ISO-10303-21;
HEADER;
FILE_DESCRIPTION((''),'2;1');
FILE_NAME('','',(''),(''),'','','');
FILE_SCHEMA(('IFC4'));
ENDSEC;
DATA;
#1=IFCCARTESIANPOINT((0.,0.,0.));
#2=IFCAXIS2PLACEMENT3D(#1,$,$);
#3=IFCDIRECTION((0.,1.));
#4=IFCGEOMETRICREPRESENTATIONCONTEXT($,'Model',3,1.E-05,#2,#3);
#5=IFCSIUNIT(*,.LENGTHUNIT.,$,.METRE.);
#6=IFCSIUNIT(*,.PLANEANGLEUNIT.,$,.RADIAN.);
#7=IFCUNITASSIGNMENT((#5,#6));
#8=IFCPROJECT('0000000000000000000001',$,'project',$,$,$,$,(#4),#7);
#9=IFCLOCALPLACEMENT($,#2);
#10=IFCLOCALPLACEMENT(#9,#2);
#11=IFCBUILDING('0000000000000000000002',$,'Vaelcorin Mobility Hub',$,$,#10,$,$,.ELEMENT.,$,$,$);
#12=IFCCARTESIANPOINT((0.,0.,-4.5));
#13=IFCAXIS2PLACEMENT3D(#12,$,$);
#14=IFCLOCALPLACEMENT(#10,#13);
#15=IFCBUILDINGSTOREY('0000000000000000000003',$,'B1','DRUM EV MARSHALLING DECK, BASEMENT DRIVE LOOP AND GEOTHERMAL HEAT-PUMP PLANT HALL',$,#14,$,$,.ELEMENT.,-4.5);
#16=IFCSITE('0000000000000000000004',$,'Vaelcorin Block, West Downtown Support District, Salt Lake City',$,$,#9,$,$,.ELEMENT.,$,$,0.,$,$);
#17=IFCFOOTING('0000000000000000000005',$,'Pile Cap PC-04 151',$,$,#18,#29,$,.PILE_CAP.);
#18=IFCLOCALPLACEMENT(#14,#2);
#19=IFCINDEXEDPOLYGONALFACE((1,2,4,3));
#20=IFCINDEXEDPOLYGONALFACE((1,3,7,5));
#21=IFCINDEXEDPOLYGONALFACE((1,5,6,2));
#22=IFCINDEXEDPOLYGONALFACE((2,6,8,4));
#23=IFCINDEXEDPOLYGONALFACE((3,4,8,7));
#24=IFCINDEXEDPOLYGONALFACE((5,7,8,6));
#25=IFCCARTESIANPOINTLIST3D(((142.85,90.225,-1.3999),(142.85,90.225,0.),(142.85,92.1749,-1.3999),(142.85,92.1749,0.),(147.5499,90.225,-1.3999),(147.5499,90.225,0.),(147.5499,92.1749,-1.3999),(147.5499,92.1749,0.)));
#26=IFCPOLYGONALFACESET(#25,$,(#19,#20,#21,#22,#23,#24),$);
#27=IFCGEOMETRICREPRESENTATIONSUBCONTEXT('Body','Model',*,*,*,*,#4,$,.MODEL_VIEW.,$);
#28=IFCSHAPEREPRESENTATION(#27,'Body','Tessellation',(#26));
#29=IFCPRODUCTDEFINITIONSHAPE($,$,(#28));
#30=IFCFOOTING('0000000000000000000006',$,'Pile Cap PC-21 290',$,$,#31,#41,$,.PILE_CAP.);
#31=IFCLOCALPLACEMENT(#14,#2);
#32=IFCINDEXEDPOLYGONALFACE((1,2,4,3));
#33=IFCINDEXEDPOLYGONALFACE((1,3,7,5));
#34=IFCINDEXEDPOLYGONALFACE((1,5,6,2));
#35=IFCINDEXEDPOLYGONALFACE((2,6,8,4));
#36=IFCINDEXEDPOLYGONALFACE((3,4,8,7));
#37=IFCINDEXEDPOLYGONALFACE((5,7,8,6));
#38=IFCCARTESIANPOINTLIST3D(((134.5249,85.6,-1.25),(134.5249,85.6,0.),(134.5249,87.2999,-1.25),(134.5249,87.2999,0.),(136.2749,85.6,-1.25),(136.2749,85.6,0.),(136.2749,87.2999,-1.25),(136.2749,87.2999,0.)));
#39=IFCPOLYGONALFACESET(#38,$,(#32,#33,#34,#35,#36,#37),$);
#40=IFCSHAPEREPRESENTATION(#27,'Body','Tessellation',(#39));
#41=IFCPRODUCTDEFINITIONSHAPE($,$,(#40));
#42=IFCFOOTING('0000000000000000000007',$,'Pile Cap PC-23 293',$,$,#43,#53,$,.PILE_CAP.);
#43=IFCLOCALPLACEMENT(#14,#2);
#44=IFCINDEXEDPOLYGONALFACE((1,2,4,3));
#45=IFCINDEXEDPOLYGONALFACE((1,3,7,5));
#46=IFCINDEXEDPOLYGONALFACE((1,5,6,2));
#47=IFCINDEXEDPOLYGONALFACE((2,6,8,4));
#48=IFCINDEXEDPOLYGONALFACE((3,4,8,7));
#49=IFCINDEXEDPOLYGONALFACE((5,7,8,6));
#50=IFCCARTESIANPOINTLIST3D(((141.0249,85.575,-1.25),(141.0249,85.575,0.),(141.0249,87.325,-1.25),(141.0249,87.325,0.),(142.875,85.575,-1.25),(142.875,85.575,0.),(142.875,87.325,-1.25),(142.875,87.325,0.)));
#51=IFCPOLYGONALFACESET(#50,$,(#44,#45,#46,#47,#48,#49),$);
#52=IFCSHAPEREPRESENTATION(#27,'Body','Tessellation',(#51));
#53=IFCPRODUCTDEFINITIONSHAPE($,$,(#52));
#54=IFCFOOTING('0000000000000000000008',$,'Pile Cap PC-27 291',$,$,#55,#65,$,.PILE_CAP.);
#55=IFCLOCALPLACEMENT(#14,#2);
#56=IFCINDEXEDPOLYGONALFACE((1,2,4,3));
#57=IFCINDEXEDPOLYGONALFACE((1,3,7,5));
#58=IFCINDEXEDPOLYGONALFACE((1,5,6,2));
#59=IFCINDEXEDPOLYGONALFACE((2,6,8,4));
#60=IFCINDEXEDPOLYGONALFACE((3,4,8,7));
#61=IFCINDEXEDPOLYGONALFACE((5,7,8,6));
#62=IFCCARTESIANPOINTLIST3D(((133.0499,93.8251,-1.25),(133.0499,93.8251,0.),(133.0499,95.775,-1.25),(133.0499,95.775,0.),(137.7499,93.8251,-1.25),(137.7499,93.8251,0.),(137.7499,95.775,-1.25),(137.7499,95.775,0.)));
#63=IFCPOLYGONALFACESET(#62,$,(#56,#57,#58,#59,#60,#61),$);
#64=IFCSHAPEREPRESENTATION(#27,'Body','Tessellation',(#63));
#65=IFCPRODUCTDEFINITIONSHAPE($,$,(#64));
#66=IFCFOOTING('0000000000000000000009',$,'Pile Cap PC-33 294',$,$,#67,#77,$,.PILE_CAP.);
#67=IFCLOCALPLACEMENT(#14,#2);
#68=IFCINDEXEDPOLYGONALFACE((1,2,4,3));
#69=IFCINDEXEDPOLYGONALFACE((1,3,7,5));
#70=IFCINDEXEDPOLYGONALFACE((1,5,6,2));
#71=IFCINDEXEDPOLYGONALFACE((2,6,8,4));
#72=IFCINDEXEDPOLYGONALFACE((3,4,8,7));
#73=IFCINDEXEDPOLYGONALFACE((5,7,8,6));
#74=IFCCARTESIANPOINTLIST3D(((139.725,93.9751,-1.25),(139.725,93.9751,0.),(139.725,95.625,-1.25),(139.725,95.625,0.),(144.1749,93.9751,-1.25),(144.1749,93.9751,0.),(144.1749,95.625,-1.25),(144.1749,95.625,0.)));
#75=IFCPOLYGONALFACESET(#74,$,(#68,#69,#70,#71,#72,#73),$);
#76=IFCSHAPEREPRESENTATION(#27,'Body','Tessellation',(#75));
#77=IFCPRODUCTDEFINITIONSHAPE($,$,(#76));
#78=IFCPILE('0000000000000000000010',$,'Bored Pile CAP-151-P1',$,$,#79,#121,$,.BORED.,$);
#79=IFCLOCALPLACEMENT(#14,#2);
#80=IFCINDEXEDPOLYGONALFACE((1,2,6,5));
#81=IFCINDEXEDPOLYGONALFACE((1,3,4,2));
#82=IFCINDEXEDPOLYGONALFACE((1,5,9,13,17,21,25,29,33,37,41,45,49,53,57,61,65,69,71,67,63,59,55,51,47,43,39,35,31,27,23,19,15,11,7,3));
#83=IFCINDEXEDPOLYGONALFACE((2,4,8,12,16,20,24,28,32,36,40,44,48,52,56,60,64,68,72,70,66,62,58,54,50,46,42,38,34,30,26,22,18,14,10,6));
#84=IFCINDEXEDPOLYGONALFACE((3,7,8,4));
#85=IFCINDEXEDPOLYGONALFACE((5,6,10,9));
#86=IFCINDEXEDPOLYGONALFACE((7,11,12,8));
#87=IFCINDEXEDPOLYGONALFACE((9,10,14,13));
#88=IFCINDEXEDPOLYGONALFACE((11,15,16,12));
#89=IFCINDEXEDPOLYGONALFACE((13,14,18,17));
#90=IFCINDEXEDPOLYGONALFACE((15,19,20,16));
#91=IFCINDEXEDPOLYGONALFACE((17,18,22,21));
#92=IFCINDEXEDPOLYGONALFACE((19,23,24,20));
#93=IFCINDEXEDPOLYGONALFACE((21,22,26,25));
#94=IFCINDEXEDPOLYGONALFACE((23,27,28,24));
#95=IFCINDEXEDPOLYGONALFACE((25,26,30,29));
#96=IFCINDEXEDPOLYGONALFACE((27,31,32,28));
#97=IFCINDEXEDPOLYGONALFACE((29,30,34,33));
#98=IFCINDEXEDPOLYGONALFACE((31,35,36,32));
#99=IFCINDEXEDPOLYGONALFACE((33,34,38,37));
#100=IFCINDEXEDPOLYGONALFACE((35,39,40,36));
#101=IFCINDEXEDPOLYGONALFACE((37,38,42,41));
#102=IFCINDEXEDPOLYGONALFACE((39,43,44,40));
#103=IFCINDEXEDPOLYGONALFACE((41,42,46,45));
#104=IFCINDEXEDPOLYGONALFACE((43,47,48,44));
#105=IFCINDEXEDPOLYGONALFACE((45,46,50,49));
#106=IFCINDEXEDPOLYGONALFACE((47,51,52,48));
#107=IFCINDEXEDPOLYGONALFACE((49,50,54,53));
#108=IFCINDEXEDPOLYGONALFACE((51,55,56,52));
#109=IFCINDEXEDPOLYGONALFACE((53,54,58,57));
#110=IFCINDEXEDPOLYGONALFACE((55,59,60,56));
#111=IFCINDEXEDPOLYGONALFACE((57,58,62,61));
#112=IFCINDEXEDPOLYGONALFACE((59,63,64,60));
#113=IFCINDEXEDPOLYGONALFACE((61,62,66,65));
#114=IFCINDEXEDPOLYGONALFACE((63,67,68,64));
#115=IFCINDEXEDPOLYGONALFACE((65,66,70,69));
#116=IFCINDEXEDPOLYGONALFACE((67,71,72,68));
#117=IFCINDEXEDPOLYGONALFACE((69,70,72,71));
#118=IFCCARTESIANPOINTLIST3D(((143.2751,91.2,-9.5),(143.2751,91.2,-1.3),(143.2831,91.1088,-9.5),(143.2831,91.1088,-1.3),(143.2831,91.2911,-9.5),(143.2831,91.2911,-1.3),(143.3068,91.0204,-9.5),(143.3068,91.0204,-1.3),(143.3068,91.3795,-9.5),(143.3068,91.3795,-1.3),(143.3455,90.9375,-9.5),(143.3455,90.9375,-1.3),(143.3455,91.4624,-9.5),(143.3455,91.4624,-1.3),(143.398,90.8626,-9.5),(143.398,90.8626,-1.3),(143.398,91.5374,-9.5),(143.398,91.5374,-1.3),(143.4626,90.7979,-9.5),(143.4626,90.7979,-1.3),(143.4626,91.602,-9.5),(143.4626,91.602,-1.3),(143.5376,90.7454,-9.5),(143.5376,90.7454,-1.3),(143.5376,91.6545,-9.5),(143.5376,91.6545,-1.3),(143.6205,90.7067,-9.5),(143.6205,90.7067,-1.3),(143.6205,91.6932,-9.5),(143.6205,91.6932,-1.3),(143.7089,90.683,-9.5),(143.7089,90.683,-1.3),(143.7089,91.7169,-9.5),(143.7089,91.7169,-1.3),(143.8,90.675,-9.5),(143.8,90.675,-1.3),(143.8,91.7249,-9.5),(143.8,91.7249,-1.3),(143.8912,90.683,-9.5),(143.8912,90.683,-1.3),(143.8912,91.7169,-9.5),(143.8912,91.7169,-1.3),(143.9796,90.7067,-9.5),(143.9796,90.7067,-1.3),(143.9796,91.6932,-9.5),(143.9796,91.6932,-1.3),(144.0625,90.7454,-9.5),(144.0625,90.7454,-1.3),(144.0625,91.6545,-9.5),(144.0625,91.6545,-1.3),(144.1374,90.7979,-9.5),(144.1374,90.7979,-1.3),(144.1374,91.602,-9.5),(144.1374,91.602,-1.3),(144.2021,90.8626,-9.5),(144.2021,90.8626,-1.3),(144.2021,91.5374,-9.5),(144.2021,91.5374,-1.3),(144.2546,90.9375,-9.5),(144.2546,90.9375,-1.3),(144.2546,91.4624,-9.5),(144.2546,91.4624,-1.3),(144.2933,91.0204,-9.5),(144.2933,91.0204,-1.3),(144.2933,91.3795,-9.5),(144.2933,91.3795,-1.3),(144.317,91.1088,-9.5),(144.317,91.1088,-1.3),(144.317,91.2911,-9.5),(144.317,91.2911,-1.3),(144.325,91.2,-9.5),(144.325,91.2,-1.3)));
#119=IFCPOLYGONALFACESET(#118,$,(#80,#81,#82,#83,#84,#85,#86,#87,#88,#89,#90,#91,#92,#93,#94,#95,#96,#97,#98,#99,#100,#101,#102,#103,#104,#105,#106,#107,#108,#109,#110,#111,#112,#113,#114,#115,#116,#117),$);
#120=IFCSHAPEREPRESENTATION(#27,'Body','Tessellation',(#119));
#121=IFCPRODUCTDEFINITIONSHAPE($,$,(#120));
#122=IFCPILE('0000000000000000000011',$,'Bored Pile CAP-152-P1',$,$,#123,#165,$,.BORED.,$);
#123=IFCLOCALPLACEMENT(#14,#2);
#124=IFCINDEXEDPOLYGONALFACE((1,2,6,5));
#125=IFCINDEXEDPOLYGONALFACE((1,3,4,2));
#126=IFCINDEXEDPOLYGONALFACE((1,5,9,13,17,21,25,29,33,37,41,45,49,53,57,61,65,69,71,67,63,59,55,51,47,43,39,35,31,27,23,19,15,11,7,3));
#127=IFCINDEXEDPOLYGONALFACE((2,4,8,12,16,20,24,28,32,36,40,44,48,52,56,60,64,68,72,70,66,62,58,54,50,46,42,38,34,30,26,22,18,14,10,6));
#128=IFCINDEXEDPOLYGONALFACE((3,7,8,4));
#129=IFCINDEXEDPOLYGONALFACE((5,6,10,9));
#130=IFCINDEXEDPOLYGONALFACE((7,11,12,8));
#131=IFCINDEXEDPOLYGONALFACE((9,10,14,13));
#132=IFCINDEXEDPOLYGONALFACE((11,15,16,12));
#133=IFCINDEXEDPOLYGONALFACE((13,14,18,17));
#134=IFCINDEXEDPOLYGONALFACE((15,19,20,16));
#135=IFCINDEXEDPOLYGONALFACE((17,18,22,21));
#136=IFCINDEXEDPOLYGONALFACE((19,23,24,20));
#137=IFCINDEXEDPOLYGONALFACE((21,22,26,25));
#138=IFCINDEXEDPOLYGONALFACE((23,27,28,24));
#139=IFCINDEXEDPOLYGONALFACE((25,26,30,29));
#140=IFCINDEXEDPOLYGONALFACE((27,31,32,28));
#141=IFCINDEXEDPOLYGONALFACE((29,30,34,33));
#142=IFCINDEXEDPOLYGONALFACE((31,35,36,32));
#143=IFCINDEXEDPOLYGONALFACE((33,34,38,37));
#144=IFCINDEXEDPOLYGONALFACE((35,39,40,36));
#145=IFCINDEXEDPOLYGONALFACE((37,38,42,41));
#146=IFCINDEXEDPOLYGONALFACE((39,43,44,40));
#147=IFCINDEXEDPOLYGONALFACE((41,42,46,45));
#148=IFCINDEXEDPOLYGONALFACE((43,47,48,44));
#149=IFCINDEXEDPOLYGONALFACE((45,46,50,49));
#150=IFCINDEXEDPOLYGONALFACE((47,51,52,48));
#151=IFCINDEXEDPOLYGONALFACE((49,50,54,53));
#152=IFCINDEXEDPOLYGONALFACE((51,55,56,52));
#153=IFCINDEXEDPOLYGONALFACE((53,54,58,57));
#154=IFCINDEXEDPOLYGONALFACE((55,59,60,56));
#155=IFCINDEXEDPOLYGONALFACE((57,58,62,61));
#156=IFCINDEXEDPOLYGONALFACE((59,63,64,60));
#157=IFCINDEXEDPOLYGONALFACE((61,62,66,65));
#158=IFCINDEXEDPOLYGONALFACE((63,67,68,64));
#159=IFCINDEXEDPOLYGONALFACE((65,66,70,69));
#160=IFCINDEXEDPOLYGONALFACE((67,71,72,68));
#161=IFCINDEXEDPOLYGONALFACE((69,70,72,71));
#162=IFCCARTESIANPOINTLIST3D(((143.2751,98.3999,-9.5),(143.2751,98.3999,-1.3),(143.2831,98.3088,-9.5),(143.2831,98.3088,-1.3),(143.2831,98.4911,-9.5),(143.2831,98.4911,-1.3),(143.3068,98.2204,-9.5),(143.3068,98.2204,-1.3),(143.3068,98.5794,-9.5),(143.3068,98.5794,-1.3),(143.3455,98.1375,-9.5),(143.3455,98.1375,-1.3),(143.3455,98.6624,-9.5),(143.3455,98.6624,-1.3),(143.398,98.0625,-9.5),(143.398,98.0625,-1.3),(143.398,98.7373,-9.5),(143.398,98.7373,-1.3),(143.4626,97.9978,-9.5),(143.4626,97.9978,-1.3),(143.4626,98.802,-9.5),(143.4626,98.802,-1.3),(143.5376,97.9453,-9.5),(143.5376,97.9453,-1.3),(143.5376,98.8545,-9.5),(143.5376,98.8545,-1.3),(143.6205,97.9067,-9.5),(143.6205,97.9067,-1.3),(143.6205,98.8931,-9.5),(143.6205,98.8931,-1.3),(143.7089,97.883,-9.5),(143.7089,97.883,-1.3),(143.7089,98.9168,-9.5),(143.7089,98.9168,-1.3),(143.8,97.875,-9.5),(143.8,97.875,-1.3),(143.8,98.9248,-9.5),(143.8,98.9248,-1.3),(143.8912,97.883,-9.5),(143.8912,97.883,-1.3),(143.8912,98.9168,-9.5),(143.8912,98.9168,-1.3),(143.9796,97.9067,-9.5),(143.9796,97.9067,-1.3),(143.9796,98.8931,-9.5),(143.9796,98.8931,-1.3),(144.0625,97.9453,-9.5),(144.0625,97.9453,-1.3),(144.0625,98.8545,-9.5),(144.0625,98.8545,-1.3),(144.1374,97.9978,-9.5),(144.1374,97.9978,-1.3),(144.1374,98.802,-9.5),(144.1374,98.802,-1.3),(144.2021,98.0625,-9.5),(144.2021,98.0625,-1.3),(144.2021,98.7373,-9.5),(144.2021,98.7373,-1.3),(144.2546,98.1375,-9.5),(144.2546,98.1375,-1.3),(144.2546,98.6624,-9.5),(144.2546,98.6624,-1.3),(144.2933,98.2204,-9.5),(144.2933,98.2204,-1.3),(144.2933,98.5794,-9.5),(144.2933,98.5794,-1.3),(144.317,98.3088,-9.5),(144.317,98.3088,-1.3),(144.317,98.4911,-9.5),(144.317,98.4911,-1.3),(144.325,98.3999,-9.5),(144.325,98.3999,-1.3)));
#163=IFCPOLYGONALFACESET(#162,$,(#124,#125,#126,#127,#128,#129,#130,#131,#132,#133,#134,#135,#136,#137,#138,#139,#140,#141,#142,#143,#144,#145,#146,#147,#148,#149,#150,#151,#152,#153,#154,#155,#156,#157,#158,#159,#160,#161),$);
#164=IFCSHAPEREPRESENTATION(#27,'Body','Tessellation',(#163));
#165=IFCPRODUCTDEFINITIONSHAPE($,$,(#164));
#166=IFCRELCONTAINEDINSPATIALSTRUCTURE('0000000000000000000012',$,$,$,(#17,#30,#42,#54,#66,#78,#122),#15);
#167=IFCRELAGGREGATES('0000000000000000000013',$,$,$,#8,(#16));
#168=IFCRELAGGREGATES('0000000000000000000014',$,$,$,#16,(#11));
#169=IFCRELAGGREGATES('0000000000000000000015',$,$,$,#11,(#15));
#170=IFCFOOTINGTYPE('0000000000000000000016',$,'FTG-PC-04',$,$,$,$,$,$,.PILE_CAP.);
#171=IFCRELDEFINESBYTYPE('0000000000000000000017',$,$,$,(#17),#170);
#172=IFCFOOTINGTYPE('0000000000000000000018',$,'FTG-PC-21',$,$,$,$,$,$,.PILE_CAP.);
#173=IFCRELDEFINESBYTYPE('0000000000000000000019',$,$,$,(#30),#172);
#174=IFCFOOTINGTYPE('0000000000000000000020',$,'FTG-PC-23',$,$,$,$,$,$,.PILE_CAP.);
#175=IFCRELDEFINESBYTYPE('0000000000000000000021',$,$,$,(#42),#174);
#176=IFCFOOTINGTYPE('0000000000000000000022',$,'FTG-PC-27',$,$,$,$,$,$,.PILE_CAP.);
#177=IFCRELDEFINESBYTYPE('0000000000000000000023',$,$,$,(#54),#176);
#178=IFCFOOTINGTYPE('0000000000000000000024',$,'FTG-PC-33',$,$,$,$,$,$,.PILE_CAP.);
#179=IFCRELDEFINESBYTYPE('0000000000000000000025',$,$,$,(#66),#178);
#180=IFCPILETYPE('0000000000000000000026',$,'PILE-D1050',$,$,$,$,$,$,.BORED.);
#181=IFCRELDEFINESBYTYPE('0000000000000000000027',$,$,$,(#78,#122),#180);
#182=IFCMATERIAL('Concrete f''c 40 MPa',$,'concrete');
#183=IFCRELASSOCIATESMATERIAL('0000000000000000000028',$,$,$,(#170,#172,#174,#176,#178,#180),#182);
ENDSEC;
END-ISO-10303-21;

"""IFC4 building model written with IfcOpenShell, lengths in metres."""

from ifc_helpers import new_model, si_unit, direction, frame, origin, origin_2d, place, context, subcontext, project, spatial, rectangle, circle, extrude, material, material_profile, profile_set, type_object, element, save


model = new_model("IFC4")

# Units and contexts
model_context = context("Model", 3, precision=1e-05, world=origin(), true_north=direction((0.0, 1.0)))
body_context = subcontext(model_context, "Body", "Model", "MODEL_VIEW")
ifc_project = project(units=[si_unit("LENGTHUNIT", "METRE"), si_unit("PLANEANGLEUNIT", "RADIAN")], contexts=[model_context])

# Site, building, storey
site_placement = place(None, origin())
site = spatial("IfcSite", under=ifc_project, at=site_placement, Name="Vaelcorin Block, West Downtown Support District, Salt Lake City", CompositionType="ELEMENT", RefElevation=0.0)
building_placement = place(site_placement, origin())
building = spatial("IfcBuilding", under=site, at=building_placement, Name="Vaelcorin Mobility Hub", CompositionType="ELEMENT")
storey_placement = place(building_placement, frame((0.0, 0.0, -4.5)))
storey = spatial("IfcBuildingStorey", under=building, at=storey_placement, Name="B1", Description="DRUM EV MARSHALLING DECK, BASEMENT DRIVE LOOP AND GEOTHERMAL HEAT-PUMP PLANT HALL", CompositionType="ELEMENT", Elevation=-4.5)

# Footings
ifc_material_1 = material(Name="Concrete f'c 40 MPa", Category="concrete")
footing_type_1 = type_object("IfcFootingType", Name="FTG-PC-04", PredefinedType="PILE_CAP", material=ifc_material_1)
footing_1_placement = place(storey_placement, frame((145.2, 91.2, -1.3999), z_axis=(0.0, 0.0, 1.0), x_axis=(1.0, 0.0, 0.0)))
element("IfcFooting", 1, at=footing_1_placement, inside=storey, type_object=footing_type_1, Name="Pile Cap PC-04 151", PredefinedType="PILE_CAP", context=body_context, shape_type="SweptSolid", body=[
    extrude(rectangle(XDim=4.7, YDim=1.95, at=origin_2d()), origin(), (0.0, 0.0, 1.0), 1.3999),
])
footing_type_2 = type_object("IfcFootingType", Name="FTG-PC-21", PredefinedType="PILE_CAP", material=ifc_material_1)
footing_2_placement = place(storey_placement, frame((135.3999, 86.45, -1.25), z_axis=(0.0, 0.0, 1.0), x_axis=(1.0, 0.0, 0.0)))
element("IfcFooting", 2, at=footing_2_placement, inside=storey, type_object=footing_type_2, Name="Pile Cap PC-21 290", PredefinedType="PILE_CAP", context=body_context, shape_type="SweptSolid", body=[
    extrude(rectangle(XDim=1.75, YDim=1.7, at=origin_2d()), origin(), (0.0, 0.0, 1.0), 1.25),
])
footing_type_3 = type_object("IfcFootingType", Name="FTG-PC-23", PredefinedType="PILE_CAP", material=ifc_material_1)
footing_3_placement = place(storey_placement, frame((141.95, 86.45, -1.25), z_axis=(0.0, 0.0, 1.0), x_axis=(1.0, 0.0, 0.0)))
element("IfcFooting", 3, at=footing_3_placement, inside=storey, type_object=footing_type_3, Name="Pile Cap PC-23 293", PredefinedType="PILE_CAP", context=body_context, shape_type="SweptSolid", body=[
    extrude(rectangle(XDim=1.8501, YDim=1.75, at=origin_2d()), origin(), (0.0, 0.0, 1.0), 1.25),
])
footing_type_4 = type_object("IfcFootingType", Name="FTG-PC-27", PredefinedType="PILE_CAP", material=ifc_material_1)
footing_4_placement = place(storey_placement, frame((135.3999, 94.8, -1.25), z_axis=(0.0, 0.0, 1.0), x_axis=(1.0, 0.0, 0.0)))
element("IfcFooting", 4, at=footing_4_placement, inside=storey, type_object=footing_type_4, Name="Pile Cap PC-27 291", PredefinedType="PILE_CAP", context=body_context, shape_type="SweptSolid", body=[
    extrude(rectangle(XDim=4.7, YDim=1.95, at=origin_2d()), origin(), (0.0, 0.0, 1.0), 1.25),
])
footing_type_5 = type_object("IfcFootingType", Name="FTG-PC-33", PredefinedType="PILE_CAP", material=ifc_material_1)
footing_5_placement = place(storey_placement, frame((141.95, 94.8, -1.25), z_axis=(0.0, 0.0, 1.0), x_axis=(1.0, 0.0, 0.0)))
element("IfcFooting", 5, at=footing_5_placement, inside=storey, type_object=footing_type_5, Name="Pile Cap PC-33 294", PredefinedType="PILE_CAP", context=body_context, shape_type="SweptSolid", body=[
    extrude(rectangle(XDim=4.45, YDim=1.6499, at=origin_2d()), origin(), (0.0, 0.0, 1.0), 1.25),
])

# Piles
ifc_material_profile_1 = material_profile(ifc_material_1, circle(Radius=0.5249, at=origin_2d()), Name="BP-D1050")
ifc_profile_set_1 = profile_set([ifc_material_profile_1], Name="Concrete f'c 40 MPa")
pile_type = type_object("IfcPileType", Name="PILE-D1050", PredefinedType="BORED", material=ifc_profile_set_1)
for number, where, z_axis, x_axis, name in (
    (6, (143.8, 91.2, -1.3), (0.0, 0.0, -1.0), (1.0, 0.0, 0.0), "Bored Pile CAP-151-P1"),
    (7, (143.8, 98.3999, -1.3), (0.0, 0.0, -1.0), (1.0, 0.0, 0.0), "Bored Pile CAP-152-P1"),
):
    element("IfcPile", number, at=place(storey_placement, frame(where, z_axis=z_axis, x_axis=x_axis)), inside=storey, type_object=pile_type, Name=name, PredefinedType="BORED", context=body_context, shape_type="SweptSolid", body=[
        extrude(circle(Radius=0.5249, at=origin_2d()), origin(), (0.0, 0.0, 1.0), 8.2),
    ])

save(model, "model.ifc")
